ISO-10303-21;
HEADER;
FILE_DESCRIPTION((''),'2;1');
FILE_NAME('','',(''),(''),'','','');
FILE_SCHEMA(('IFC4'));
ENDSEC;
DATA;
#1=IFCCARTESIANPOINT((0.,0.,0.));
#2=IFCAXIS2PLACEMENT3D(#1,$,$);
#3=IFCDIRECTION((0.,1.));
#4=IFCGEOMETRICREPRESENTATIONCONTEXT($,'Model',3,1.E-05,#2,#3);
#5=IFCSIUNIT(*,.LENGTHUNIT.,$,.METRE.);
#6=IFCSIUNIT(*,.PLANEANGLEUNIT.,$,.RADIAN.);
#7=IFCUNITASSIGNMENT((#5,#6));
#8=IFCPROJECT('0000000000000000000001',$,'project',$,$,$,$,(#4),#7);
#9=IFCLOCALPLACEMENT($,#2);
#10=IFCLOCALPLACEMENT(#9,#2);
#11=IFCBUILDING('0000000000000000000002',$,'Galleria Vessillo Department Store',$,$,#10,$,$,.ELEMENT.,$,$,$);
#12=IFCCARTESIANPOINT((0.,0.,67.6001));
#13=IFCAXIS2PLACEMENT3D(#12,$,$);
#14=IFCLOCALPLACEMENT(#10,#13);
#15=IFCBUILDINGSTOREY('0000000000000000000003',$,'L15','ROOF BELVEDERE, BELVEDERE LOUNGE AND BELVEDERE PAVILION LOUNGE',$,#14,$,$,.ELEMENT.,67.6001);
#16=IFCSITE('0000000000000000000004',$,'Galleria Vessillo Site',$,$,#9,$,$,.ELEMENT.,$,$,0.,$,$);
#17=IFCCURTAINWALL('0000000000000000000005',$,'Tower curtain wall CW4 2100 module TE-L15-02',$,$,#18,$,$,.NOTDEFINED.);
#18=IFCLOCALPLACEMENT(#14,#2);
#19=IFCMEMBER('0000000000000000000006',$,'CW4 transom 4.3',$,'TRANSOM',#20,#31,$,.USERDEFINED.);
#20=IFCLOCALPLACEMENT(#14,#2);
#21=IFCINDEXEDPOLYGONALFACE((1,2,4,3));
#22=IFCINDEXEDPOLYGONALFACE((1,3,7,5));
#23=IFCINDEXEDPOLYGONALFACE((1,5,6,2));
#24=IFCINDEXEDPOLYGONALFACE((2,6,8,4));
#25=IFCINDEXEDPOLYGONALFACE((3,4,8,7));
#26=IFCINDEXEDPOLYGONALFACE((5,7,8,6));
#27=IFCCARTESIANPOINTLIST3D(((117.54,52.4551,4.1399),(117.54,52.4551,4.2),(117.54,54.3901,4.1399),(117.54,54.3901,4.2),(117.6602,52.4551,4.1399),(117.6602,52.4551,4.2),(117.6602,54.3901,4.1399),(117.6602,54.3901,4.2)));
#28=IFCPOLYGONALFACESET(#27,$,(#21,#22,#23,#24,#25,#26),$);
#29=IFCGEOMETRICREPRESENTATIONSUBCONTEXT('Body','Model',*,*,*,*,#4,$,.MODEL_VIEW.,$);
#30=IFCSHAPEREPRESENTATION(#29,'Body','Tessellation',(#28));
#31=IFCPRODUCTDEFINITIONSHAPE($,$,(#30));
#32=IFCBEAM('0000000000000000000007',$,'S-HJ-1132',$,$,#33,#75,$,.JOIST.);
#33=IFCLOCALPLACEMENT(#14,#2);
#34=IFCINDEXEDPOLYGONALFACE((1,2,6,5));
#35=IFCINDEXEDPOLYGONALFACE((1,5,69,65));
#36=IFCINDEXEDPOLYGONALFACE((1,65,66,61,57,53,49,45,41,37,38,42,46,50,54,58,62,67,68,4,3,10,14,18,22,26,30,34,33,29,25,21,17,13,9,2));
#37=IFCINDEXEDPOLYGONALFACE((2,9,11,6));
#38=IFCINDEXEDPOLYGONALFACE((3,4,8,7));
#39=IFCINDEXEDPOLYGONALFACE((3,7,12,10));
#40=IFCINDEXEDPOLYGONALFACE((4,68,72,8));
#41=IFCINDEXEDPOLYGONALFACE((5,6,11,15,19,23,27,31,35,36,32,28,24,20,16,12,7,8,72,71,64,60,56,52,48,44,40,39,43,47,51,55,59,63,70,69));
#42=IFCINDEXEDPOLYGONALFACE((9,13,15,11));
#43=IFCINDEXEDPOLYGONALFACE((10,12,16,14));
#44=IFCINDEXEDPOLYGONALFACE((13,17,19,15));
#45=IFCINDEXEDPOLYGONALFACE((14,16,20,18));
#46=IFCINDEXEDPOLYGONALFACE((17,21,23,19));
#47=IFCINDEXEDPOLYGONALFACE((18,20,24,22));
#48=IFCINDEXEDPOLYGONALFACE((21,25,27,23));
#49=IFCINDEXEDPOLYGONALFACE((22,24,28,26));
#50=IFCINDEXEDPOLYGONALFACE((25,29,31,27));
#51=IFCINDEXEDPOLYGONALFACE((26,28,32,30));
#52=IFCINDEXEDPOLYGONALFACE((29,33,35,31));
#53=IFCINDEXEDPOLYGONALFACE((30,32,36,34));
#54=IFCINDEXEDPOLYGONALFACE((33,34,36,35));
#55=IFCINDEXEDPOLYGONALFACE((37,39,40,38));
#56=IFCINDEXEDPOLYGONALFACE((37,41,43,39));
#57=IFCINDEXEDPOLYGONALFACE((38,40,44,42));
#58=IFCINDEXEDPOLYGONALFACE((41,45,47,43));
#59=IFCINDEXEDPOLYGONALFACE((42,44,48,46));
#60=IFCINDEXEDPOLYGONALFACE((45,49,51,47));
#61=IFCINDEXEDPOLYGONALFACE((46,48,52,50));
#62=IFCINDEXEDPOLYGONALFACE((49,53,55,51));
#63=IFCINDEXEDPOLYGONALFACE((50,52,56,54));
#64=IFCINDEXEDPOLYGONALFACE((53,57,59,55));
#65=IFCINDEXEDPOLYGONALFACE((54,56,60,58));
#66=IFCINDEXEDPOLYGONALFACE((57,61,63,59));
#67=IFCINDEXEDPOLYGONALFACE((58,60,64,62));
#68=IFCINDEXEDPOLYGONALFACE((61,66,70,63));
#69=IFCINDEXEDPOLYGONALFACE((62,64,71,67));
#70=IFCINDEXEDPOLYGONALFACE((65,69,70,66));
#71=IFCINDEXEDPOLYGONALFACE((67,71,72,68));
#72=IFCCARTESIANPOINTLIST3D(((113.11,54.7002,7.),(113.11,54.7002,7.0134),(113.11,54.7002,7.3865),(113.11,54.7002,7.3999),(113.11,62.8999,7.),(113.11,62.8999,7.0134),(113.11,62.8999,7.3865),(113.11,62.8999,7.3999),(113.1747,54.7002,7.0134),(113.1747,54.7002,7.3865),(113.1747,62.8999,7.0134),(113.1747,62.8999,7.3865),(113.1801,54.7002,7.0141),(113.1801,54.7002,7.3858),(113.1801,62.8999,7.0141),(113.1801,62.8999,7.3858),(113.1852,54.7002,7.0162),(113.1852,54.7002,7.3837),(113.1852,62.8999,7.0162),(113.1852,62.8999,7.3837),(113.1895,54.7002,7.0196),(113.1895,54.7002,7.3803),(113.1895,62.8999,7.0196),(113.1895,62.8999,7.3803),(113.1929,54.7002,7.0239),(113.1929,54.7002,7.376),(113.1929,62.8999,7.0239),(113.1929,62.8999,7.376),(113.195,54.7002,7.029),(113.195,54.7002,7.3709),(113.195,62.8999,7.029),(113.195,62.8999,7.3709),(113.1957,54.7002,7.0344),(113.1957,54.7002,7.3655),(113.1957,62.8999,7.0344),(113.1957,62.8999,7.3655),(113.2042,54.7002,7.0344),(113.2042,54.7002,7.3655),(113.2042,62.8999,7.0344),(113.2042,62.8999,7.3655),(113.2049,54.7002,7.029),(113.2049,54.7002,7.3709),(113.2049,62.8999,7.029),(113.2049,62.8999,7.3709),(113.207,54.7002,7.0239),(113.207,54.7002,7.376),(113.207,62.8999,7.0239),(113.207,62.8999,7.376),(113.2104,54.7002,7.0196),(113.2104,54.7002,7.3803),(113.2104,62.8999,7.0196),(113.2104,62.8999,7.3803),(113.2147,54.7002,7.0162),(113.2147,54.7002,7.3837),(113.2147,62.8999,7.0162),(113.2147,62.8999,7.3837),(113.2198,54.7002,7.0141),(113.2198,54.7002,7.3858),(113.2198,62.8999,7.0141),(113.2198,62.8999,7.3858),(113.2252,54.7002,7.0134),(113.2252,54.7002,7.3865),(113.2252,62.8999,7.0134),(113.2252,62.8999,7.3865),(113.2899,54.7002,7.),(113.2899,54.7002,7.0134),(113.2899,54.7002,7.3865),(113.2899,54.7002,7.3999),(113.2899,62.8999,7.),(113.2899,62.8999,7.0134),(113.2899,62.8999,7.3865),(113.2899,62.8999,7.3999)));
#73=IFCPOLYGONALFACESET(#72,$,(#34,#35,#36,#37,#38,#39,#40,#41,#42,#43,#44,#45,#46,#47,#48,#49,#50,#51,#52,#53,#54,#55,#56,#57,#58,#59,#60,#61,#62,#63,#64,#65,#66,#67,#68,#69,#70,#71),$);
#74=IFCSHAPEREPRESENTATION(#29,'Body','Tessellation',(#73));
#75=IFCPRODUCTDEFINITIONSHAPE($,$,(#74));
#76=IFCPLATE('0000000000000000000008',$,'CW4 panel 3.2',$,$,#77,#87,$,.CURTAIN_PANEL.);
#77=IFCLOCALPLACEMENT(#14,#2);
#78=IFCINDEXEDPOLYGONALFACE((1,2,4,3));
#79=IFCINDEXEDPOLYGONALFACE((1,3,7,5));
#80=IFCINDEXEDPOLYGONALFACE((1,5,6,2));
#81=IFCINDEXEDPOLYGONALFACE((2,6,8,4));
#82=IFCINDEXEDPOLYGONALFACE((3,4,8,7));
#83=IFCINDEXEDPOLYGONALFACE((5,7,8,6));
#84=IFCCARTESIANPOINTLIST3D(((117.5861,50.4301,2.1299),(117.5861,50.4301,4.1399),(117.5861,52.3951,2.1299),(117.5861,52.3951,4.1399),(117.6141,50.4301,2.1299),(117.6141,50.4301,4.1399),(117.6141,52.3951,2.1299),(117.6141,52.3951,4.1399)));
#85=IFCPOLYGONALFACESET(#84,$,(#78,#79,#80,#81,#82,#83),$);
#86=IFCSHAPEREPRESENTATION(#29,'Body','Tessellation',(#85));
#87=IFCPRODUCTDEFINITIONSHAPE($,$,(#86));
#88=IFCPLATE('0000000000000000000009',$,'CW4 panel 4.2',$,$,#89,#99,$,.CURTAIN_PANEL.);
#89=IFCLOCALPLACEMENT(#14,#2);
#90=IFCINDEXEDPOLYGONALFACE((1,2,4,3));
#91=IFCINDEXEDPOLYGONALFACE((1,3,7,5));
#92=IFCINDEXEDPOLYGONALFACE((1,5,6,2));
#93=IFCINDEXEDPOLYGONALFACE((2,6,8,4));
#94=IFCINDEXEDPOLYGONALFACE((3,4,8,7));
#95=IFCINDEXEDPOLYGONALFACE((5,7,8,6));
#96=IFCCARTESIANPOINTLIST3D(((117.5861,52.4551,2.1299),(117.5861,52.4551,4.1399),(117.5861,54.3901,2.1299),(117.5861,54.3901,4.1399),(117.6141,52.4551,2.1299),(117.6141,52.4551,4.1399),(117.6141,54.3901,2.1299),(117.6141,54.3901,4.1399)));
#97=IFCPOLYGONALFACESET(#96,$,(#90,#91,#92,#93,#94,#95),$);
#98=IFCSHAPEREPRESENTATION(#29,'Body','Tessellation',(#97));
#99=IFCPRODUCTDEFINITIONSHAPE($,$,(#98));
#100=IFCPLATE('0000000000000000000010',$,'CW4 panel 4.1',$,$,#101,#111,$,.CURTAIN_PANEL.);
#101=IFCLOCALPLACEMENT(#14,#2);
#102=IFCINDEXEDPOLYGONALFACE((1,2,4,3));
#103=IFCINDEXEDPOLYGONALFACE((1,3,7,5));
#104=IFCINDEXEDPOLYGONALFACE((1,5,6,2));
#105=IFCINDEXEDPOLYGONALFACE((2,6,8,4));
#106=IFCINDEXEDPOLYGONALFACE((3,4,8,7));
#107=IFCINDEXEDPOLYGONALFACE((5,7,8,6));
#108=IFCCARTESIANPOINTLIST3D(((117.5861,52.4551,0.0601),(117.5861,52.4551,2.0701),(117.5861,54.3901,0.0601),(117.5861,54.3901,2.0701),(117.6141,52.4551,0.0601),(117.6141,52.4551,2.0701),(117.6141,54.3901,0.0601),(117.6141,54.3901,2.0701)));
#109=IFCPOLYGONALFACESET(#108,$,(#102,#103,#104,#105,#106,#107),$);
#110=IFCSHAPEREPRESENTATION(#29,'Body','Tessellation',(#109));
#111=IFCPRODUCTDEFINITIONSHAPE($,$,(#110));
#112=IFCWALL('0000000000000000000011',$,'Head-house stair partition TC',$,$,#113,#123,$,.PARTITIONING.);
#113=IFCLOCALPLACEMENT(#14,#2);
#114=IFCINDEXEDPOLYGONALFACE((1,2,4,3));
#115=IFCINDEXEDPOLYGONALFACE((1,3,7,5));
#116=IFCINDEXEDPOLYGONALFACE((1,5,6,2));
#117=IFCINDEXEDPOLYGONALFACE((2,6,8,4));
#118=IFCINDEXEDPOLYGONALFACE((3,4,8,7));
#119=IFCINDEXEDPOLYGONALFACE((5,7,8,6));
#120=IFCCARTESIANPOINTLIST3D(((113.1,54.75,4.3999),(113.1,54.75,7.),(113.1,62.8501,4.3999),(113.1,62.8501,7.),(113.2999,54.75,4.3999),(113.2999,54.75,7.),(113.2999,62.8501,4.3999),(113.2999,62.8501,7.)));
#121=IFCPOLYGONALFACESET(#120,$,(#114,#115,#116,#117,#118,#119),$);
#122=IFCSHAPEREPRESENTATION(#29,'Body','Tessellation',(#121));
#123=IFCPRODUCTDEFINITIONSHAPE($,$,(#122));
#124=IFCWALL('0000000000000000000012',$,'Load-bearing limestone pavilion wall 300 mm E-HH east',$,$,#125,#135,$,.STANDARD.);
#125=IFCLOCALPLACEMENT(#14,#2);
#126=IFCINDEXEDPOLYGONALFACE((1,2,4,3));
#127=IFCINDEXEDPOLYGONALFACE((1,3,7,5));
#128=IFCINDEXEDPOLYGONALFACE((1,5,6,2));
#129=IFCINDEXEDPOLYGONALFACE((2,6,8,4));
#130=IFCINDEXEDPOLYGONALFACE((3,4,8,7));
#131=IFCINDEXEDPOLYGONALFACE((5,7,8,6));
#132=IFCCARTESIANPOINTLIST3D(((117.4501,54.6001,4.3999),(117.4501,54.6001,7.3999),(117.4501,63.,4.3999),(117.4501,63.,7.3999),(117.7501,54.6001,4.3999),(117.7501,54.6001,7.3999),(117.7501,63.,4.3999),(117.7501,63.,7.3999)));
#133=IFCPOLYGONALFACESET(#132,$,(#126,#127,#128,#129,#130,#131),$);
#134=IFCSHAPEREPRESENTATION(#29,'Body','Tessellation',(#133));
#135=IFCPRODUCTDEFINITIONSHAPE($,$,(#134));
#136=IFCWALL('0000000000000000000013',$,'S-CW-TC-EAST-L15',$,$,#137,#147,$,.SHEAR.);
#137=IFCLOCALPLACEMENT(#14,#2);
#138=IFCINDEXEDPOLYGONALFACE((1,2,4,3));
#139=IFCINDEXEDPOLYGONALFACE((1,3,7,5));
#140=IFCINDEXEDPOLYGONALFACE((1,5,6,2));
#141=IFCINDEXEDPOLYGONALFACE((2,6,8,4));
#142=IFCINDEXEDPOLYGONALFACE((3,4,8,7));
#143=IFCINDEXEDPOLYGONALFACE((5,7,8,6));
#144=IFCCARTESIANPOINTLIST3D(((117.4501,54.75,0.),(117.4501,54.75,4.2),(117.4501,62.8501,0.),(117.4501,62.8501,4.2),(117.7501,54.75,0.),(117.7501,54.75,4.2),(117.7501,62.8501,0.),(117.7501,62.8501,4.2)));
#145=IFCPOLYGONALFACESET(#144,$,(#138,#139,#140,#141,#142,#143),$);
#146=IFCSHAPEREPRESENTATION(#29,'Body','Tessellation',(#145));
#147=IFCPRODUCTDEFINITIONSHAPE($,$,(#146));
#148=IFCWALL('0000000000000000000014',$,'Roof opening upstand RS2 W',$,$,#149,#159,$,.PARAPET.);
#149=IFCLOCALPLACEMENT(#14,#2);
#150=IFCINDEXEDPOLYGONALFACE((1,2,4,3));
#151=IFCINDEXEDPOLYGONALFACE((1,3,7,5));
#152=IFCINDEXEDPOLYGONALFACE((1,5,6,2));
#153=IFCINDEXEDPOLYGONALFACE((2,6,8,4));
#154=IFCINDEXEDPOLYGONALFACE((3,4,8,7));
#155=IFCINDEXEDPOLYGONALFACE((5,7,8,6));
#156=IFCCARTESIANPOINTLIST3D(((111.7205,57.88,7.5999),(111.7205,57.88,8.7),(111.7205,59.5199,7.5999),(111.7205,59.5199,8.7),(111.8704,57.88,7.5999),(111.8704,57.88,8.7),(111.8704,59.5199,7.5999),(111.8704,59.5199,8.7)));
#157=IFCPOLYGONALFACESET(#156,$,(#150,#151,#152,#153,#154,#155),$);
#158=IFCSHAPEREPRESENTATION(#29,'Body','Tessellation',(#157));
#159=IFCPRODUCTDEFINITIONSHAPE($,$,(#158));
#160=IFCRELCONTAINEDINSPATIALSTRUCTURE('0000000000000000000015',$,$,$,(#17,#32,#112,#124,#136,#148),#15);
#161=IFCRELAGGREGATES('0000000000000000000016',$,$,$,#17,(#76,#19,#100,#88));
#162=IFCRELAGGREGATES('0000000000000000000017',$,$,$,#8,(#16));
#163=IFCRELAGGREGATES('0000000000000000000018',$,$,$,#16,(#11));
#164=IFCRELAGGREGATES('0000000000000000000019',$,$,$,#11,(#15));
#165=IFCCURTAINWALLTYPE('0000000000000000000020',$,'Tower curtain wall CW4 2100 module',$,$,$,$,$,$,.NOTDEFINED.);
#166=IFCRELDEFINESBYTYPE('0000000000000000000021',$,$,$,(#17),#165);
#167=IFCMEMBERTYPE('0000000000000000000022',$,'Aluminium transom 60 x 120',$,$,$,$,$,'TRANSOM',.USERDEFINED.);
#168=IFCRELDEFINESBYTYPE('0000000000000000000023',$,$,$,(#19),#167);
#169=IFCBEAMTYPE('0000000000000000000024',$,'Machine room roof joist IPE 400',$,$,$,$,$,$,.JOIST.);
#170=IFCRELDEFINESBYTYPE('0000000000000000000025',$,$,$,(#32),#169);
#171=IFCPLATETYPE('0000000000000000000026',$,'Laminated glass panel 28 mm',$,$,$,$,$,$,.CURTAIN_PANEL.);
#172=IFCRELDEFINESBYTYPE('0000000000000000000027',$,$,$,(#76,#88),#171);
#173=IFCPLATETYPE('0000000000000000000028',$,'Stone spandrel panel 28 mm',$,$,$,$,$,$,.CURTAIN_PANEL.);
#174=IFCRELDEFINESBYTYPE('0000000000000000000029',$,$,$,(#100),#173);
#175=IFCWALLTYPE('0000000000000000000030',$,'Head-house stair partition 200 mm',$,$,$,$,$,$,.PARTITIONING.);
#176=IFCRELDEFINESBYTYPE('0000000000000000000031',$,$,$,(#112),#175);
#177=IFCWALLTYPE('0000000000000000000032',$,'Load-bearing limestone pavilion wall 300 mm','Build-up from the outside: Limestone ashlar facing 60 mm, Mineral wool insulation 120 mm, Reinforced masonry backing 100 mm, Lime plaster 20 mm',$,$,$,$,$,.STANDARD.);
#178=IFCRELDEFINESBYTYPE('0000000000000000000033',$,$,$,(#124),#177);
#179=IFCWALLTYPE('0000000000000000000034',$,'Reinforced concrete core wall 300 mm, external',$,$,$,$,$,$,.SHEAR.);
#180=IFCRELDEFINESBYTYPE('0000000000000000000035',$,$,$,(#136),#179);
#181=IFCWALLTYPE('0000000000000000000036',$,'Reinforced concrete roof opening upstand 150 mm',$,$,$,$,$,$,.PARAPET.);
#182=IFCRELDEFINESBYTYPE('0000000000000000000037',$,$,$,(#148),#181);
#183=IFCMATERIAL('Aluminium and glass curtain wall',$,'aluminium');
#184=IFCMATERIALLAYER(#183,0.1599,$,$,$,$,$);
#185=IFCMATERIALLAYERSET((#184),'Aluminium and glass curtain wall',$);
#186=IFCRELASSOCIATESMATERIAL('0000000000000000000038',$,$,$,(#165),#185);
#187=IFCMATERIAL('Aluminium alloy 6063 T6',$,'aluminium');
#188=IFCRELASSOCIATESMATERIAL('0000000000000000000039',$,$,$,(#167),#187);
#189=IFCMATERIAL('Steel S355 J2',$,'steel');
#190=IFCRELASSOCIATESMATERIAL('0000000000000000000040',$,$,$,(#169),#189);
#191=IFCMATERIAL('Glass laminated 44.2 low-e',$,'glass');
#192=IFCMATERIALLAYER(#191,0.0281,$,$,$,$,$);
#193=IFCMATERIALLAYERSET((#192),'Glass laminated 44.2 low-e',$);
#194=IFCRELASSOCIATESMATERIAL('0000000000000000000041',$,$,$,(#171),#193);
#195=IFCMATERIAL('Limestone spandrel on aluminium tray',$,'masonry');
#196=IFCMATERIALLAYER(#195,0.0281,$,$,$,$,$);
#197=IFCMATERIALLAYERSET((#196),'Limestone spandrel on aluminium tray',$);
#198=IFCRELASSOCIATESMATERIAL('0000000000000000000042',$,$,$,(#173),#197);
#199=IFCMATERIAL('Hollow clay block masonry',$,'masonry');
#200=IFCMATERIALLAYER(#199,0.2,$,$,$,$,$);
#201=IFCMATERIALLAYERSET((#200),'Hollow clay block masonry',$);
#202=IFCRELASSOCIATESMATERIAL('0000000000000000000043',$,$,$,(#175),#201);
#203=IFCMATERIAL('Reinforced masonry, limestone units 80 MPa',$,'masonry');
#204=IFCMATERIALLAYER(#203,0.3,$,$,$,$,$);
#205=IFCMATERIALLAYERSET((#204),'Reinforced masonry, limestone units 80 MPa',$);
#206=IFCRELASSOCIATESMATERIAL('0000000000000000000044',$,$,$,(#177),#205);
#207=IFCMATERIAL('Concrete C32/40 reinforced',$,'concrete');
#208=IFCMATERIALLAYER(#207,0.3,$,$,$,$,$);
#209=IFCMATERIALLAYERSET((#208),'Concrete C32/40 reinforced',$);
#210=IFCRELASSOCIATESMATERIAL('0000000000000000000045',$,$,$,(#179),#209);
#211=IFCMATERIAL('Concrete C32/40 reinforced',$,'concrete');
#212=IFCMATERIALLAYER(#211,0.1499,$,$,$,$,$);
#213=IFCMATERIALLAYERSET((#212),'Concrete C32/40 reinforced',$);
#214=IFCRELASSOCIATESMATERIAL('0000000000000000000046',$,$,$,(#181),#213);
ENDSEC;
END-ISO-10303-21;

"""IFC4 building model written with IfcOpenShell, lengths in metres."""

from ifc_helpers import new_model, si_unit, direction, frame, frame_2d, origin, origin_2d, place, context, subcontext, project, spatial, rectangle, i_section, extrude, material, layer, layer_set, material_profile, profile_set, type_object, element, aggregate, save


model = new_model("IFC4")

# Units and contexts
model_context = context("Model", 3, precision=1e-05, world=origin(), true_north=direction((0.0, 1.0)))
body_context = subcontext(model_context, "Body", "Model", "MODEL_VIEW")
ifc_project = project(units=[si_unit("LENGTHUNIT", "METRE"), si_unit("PLANEANGLEUNIT", "RADIAN")], contexts=[model_context])

# Site, building, storey
site_placement = place(None, origin())
site = spatial("IfcSite", under=ifc_project, at=site_placement, Name="Galleria Vessillo Site", CompositionType="ELEMENT", RefElevation=0.0)
building_placement = place(site_placement, origin())
building = spatial("IfcBuilding", under=site, at=building_placement, Name="Galleria Vessillo Department Store", CompositionType="ELEMENT")
storey_placement = place(building_placement, frame((0.0, 0.0, 67.6001)))
storey = spatial("IfcBuildingStorey", under=building, at=storey_placement, Name="L15", Description="ROOF BELVEDERE, BELVEDERE LOUNGE AND BELVEDERE PAVILION LOUNGE", CompositionType="ELEMENT", Elevation=67.6001)

# Curtain wall, member
ifc_material_1 = material(Name="Aluminium and glass curtain wall", Category="aluminium")
ifc_layer_1 = layer(ifc_material_1, 0.1599)
ifc_layer_set_1 = layer_set([ifc_layer_1], Name="Aluminium and glass curtain wall")
curtain_wall_type = type_object("IfcCurtainWallType", Name="Tower curtain wall CW4 2100 module", PredefinedType="NOTDEFINED", material=ifc_layer_set_1)
curtain_wall_placement = place(storey_placement, origin())
curtain_wall = element("IfcCurtainWall", 1, at=curtain_wall_placement, inside=storey, type_object=curtain_wall_type, Name="Tower curtain wall CW4 2100 module TE-L15-02", PredefinedType="NOTDEFINED")
ifc_material_2 = material(Name="Aluminium alloy 6063 T6", Category="aluminium")
ifc_material_profile_1 = material_profile(ifc_material_2, rectangle(XDim=0.1201, YDim=0.0601, at=origin_2d()), Name="AL 60x120")
ifc_profile_set_1 = profile_set([ifc_material_profile_1], Name="Aluminium alloy 6063 T6")
member_type_1 = type_object("IfcMemberType", Name="Aluminium transom 60 x 120", ElementType="TRANSOM", PredefinedType="USERDEFINED", material=ifc_profile_set_1)
member_1_placement = place(storey_placement, frame((117.6001, 52.4551, 4.1699), z_axis=(0.0, 1.0, 0.0), x_axis=(-1.0, 0.0, 0.0)))
member_1 = element("IfcMember", 2, at=member_1_placement, type_object=member_type_1, Name="CW4 transom 4.3", ObjectType="TRANSOM", PredefinedType="USERDEFINED", context=body_context, shape_type="SweptSolid", body=[
    extrude(rectangle(XDim=0.1201, YDim=0.0601, at=origin_2d()), origin(), (0.0, 0.0, 1.0), 1.9351),
])

# Beam
ifc_material_3 = material(Name="Steel S355 J2", Category="steel")
ifc_material_profile_2 = material_profile(ifc_material_3, i_section(OverallWidth=0.1799, OverallDepth=0.3999, WebThickness=0.0085, FlangeThickness=0.0134, FilletRadius=0.021, at=origin_2d()), Name="IPE 400")
ifc_profile_set_2 = profile_set([ifc_material_profile_2], Name="Steel S355 J2")
beam_type = type_object("IfcBeamType", Name="Machine room roof joist IPE 400", PredefinedType="JOIST", material=ifc_profile_set_2)
beam_placement = place(storey_placement, frame((113.2, 54.7002, 7.2), z_axis=(0.0, 1.0, 0.0), x_axis=(-1.0, 0.0, 0.0)))
element("IfcBeam", 3, at=beam_placement, inside=storey, type_object=beam_type, Name="S-HJ-1132", PredefinedType="JOIST", context=body_context, shape_type="SweptSolid", body=[
    extrude(i_section(OverallWidth=0.1799, OverallDepth=0.3999, WebThickness=0.0085, FlangeThickness=0.0134, FilletRadius=0.021, at=origin_2d()), origin(), (0.0, 0.0, 1.0), 8.1997),
])

# Plates
ifc_material_4 = material(Name="Glass laminated 44.2 low-e", Category="glass")
ifc_layer_2 = layer(ifc_material_4, 0.0281)
ifc_layer_set_2 = layer_set([ifc_layer_2], Name="Glass laminated 44.2 low-e")
plate_type_1 = type_object("IfcPlateType", Name="Laminated glass panel 28 mm", PredefinedType="CURTAIN_PANEL", material=ifc_layer_set_2)
plate_1_placement = place(storey_placement, frame((117.6001, 51.4126, 2.1299), z_axis=(0.0, 0.0, 1.0), x_axis=(0.0, 1.0, 0.0)))
plate_1 = element("IfcPlate", 4, at=plate_1_placement, type_object=plate_type_1, Name="CW4 panel 3.2", PredefinedType="CURTAIN_PANEL", context=body_context, shape_type="SweptSolid", body=[
    extrude(rectangle(XDim=1.9651, YDim=0.0281, at=origin_2d()), origin(), (0.0, 0.0, 1.0), 2.01),
])
plate_2_placement = place(storey_placement, frame((117.6001, 53.4226, 2.1299), z_axis=(0.0, 0.0, 1.0), x_axis=(0.0, 1.0, 0.0)))
plate_2 = element("IfcPlate", 5, at=plate_2_placement, type_object=plate_type_1, Name="CW4 panel 4.2", PredefinedType="CURTAIN_PANEL", context=body_context, shape_type="SweptSolid", body=[
    extrude(rectangle(XDim=1.9351, YDim=0.0281, at=origin_2d()), origin(), (0.0, 0.0, 1.0), 2.01),
])
ifc_material_5 = material(Name="Limestone spandrel on aluminium tray", Category="masonry")
ifc_layer_3 = layer(ifc_material_5, 0.0281)
ifc_layer_set_3 = layer_set([ifc_layer_3], Name="Limestone spandrel on aluminium tray")
plate_type_2 = type_object("IfcPlateType", Name="Stone spandrel panel 28 mm", PredefinedType="CURTAIN_PANEL", material=ifc_layer_set_3)
plate_3_placement = place(storey_placement, frame((117.6001, 53.4226, 0.0601), z_axis=(0.0, 0.0, 1.0), x_axis=(0.0, 1.0, 0.0)))
plate_3 = element("IfcPlate", 6, at=plate_3_placement, type_object=plate_type_2, Name="CW4 panel 4.1", PredefinedType="CURTAIN_PANEL", context=body_context, shape_type="SweptSolid", body=[
    extrude(rectangle(XDim=1.9351, YDim=0.0281, at=origin_2d()), origin(), (0.0, 0.0, 1.0), 2.01),
])
aggregate(curtain_wall, [plate_1, member_1, plate_3, plate_2])

# Walls
ifc_material_6 = material(Name="Hollow clay block masonry", Category="masonry")
ifc_layer_4 = layer(ifc_material_6, 0.2)
ifc_layer_set_4 = layer_set([ifc_layer_4], Name="Hollow clay block masonry")
wall_type_1 = type_object("IfcWallType", Name="Head-house stair partition 200 mm", PredefinedType="PARTITIONING", material=ifc_layer_set_4)
wall_1_placement = place(storey_placement, frame((113.2, 62.8501, 4.3999), z_axis=(0.0, 0.0, 1.0), x_axis=(0.0, -1.0, 0.0)))
element("IfcWall", 7, at=wall_1_placement, inside=storey, type_object=wall_type_1, Name="Head-house stair partition TC", PredefinedType="PARTITIONING", context=body_context, shape_type="SweptSolid", body=[
    extrude(rectangle(XDim=8.1001, YDim=0.2, at=frame_2d((4.05, 0.0))), origin(), (0.0, 0.0, 1.0), 2.6001),
])
ifc_material_7 = material(Name="Reinforced masonry, limestone units 80 MPa", Category="masonry")
ifc_layer_5 = layer(ifc_material_7, 0.3)
ifc_layer_set_5 = layer_set([ifc_layer_5], Name="Reinforced masonry, limestone units 80 MPa")
wall_type_2 = type_object("IfcWallType", Name="Load-bearing limestone pavilion wall 300 mm", Description="Build-up from the outside: Limestone ashlar facing 60 mm, Mineral wool insulation 120 mm, Reinforced masonry backing 100 mm, Lime plaster 20 mm", PredefinedType="STANDARD", material=ifc_layer_set_5)
wall_2_placement = place(storey_placement, frame((117.6001, 54.6001, 4.3999), z_axis=(0.0, 0.0, 1.0), x_axis=(0.0, 1.0, 0.0)))
element("IfcWall", 8, at=wall_2_placement, inside=storey, type_object=wall_type_2, Name="Load-bearing limestone pavilion wall 300 mm E-HH east", PredefinedType="STANDARD", context=body_context, shape_type="SweptSolid", body=[
    extrude(rectangle(XDim=8.3999, YDim=0.3, at=frame_2d((4.2, 0.0))), origin(), (0.0, 0.0, 1.0), 3.0),
])
ifc_material_8 = material(Name="Concrete C32/40 reinforced", Category="concrete")
ifc_layer_6 = layer(ifc_material_8, 0.3)
ifc_layer_set_6 = layer_set([ifc_layer_6], Name="Concrete C32/40 reinforced")
wall_type_3 = type_object("IfcWallType", Name="Reinforced concrete core wall 300 mm, external", PredefinedType="SHEAR", material=ifc_layer_set_6)
wall_3_placement = place(storey_placement, frame((117.6001, 54.75, 0.0), z_axis=(0.0, 0.0, 1.0), x_axis=(0.0, 1.0, 0.0)))
element("IfcWall", 9, at=wall_3_placement, inside=storey, type_object=wall_type_3, Name="S-CW-TC-EAST-L15", PredefinedType="SHEAR", context=body_context, shape_type="SweptSolid", body=[
    extrude(rectangle(XDim=8.1001, YDim=0.3, at=frame_2d((4.05, 0.0))), origin(), (0.0, 0.0, 1.0), 4.2),
])
ifc_material_9 = material(Name="Concrete C32/40 reinforced", Category="concrete")
ifc_layer_7 = layer(ifc_material_9, 0.1499)
ifc_layer_set_7 = layer_set([ifc_layer_7], Name="Concrete C32/40 reinforced")
wall_type_4 = type_object("IfcWallType", Name="Reinforced concrete roof opening upstand 150 mm", PredefinedType="PARAPET", material=ifc_layer_set_7)
wall_4_placement = place(storey_placement, frame((111.7954, 57.8801, 7.5999), z_axis=(0.0, 0.0, 1.0), x_axis=(0.0, 1.0, 0.0)))
element("IfcWall", 10, at=wall_4_placement, inside=storey, type_object=wall_type_4, Name="Roof opening upstand RS2 W", PredefinedType="PARAPET", context=body_context, shape_type="SweptSolid", body=[
    extrude(rectangle(XDim=1.6399, YDim=0.1499, at=frame_2d((0.8198, 0.0))), origin(), (0.0, 0.0, 1.0), 1.1001),
])

save(model, "model.ifc")
